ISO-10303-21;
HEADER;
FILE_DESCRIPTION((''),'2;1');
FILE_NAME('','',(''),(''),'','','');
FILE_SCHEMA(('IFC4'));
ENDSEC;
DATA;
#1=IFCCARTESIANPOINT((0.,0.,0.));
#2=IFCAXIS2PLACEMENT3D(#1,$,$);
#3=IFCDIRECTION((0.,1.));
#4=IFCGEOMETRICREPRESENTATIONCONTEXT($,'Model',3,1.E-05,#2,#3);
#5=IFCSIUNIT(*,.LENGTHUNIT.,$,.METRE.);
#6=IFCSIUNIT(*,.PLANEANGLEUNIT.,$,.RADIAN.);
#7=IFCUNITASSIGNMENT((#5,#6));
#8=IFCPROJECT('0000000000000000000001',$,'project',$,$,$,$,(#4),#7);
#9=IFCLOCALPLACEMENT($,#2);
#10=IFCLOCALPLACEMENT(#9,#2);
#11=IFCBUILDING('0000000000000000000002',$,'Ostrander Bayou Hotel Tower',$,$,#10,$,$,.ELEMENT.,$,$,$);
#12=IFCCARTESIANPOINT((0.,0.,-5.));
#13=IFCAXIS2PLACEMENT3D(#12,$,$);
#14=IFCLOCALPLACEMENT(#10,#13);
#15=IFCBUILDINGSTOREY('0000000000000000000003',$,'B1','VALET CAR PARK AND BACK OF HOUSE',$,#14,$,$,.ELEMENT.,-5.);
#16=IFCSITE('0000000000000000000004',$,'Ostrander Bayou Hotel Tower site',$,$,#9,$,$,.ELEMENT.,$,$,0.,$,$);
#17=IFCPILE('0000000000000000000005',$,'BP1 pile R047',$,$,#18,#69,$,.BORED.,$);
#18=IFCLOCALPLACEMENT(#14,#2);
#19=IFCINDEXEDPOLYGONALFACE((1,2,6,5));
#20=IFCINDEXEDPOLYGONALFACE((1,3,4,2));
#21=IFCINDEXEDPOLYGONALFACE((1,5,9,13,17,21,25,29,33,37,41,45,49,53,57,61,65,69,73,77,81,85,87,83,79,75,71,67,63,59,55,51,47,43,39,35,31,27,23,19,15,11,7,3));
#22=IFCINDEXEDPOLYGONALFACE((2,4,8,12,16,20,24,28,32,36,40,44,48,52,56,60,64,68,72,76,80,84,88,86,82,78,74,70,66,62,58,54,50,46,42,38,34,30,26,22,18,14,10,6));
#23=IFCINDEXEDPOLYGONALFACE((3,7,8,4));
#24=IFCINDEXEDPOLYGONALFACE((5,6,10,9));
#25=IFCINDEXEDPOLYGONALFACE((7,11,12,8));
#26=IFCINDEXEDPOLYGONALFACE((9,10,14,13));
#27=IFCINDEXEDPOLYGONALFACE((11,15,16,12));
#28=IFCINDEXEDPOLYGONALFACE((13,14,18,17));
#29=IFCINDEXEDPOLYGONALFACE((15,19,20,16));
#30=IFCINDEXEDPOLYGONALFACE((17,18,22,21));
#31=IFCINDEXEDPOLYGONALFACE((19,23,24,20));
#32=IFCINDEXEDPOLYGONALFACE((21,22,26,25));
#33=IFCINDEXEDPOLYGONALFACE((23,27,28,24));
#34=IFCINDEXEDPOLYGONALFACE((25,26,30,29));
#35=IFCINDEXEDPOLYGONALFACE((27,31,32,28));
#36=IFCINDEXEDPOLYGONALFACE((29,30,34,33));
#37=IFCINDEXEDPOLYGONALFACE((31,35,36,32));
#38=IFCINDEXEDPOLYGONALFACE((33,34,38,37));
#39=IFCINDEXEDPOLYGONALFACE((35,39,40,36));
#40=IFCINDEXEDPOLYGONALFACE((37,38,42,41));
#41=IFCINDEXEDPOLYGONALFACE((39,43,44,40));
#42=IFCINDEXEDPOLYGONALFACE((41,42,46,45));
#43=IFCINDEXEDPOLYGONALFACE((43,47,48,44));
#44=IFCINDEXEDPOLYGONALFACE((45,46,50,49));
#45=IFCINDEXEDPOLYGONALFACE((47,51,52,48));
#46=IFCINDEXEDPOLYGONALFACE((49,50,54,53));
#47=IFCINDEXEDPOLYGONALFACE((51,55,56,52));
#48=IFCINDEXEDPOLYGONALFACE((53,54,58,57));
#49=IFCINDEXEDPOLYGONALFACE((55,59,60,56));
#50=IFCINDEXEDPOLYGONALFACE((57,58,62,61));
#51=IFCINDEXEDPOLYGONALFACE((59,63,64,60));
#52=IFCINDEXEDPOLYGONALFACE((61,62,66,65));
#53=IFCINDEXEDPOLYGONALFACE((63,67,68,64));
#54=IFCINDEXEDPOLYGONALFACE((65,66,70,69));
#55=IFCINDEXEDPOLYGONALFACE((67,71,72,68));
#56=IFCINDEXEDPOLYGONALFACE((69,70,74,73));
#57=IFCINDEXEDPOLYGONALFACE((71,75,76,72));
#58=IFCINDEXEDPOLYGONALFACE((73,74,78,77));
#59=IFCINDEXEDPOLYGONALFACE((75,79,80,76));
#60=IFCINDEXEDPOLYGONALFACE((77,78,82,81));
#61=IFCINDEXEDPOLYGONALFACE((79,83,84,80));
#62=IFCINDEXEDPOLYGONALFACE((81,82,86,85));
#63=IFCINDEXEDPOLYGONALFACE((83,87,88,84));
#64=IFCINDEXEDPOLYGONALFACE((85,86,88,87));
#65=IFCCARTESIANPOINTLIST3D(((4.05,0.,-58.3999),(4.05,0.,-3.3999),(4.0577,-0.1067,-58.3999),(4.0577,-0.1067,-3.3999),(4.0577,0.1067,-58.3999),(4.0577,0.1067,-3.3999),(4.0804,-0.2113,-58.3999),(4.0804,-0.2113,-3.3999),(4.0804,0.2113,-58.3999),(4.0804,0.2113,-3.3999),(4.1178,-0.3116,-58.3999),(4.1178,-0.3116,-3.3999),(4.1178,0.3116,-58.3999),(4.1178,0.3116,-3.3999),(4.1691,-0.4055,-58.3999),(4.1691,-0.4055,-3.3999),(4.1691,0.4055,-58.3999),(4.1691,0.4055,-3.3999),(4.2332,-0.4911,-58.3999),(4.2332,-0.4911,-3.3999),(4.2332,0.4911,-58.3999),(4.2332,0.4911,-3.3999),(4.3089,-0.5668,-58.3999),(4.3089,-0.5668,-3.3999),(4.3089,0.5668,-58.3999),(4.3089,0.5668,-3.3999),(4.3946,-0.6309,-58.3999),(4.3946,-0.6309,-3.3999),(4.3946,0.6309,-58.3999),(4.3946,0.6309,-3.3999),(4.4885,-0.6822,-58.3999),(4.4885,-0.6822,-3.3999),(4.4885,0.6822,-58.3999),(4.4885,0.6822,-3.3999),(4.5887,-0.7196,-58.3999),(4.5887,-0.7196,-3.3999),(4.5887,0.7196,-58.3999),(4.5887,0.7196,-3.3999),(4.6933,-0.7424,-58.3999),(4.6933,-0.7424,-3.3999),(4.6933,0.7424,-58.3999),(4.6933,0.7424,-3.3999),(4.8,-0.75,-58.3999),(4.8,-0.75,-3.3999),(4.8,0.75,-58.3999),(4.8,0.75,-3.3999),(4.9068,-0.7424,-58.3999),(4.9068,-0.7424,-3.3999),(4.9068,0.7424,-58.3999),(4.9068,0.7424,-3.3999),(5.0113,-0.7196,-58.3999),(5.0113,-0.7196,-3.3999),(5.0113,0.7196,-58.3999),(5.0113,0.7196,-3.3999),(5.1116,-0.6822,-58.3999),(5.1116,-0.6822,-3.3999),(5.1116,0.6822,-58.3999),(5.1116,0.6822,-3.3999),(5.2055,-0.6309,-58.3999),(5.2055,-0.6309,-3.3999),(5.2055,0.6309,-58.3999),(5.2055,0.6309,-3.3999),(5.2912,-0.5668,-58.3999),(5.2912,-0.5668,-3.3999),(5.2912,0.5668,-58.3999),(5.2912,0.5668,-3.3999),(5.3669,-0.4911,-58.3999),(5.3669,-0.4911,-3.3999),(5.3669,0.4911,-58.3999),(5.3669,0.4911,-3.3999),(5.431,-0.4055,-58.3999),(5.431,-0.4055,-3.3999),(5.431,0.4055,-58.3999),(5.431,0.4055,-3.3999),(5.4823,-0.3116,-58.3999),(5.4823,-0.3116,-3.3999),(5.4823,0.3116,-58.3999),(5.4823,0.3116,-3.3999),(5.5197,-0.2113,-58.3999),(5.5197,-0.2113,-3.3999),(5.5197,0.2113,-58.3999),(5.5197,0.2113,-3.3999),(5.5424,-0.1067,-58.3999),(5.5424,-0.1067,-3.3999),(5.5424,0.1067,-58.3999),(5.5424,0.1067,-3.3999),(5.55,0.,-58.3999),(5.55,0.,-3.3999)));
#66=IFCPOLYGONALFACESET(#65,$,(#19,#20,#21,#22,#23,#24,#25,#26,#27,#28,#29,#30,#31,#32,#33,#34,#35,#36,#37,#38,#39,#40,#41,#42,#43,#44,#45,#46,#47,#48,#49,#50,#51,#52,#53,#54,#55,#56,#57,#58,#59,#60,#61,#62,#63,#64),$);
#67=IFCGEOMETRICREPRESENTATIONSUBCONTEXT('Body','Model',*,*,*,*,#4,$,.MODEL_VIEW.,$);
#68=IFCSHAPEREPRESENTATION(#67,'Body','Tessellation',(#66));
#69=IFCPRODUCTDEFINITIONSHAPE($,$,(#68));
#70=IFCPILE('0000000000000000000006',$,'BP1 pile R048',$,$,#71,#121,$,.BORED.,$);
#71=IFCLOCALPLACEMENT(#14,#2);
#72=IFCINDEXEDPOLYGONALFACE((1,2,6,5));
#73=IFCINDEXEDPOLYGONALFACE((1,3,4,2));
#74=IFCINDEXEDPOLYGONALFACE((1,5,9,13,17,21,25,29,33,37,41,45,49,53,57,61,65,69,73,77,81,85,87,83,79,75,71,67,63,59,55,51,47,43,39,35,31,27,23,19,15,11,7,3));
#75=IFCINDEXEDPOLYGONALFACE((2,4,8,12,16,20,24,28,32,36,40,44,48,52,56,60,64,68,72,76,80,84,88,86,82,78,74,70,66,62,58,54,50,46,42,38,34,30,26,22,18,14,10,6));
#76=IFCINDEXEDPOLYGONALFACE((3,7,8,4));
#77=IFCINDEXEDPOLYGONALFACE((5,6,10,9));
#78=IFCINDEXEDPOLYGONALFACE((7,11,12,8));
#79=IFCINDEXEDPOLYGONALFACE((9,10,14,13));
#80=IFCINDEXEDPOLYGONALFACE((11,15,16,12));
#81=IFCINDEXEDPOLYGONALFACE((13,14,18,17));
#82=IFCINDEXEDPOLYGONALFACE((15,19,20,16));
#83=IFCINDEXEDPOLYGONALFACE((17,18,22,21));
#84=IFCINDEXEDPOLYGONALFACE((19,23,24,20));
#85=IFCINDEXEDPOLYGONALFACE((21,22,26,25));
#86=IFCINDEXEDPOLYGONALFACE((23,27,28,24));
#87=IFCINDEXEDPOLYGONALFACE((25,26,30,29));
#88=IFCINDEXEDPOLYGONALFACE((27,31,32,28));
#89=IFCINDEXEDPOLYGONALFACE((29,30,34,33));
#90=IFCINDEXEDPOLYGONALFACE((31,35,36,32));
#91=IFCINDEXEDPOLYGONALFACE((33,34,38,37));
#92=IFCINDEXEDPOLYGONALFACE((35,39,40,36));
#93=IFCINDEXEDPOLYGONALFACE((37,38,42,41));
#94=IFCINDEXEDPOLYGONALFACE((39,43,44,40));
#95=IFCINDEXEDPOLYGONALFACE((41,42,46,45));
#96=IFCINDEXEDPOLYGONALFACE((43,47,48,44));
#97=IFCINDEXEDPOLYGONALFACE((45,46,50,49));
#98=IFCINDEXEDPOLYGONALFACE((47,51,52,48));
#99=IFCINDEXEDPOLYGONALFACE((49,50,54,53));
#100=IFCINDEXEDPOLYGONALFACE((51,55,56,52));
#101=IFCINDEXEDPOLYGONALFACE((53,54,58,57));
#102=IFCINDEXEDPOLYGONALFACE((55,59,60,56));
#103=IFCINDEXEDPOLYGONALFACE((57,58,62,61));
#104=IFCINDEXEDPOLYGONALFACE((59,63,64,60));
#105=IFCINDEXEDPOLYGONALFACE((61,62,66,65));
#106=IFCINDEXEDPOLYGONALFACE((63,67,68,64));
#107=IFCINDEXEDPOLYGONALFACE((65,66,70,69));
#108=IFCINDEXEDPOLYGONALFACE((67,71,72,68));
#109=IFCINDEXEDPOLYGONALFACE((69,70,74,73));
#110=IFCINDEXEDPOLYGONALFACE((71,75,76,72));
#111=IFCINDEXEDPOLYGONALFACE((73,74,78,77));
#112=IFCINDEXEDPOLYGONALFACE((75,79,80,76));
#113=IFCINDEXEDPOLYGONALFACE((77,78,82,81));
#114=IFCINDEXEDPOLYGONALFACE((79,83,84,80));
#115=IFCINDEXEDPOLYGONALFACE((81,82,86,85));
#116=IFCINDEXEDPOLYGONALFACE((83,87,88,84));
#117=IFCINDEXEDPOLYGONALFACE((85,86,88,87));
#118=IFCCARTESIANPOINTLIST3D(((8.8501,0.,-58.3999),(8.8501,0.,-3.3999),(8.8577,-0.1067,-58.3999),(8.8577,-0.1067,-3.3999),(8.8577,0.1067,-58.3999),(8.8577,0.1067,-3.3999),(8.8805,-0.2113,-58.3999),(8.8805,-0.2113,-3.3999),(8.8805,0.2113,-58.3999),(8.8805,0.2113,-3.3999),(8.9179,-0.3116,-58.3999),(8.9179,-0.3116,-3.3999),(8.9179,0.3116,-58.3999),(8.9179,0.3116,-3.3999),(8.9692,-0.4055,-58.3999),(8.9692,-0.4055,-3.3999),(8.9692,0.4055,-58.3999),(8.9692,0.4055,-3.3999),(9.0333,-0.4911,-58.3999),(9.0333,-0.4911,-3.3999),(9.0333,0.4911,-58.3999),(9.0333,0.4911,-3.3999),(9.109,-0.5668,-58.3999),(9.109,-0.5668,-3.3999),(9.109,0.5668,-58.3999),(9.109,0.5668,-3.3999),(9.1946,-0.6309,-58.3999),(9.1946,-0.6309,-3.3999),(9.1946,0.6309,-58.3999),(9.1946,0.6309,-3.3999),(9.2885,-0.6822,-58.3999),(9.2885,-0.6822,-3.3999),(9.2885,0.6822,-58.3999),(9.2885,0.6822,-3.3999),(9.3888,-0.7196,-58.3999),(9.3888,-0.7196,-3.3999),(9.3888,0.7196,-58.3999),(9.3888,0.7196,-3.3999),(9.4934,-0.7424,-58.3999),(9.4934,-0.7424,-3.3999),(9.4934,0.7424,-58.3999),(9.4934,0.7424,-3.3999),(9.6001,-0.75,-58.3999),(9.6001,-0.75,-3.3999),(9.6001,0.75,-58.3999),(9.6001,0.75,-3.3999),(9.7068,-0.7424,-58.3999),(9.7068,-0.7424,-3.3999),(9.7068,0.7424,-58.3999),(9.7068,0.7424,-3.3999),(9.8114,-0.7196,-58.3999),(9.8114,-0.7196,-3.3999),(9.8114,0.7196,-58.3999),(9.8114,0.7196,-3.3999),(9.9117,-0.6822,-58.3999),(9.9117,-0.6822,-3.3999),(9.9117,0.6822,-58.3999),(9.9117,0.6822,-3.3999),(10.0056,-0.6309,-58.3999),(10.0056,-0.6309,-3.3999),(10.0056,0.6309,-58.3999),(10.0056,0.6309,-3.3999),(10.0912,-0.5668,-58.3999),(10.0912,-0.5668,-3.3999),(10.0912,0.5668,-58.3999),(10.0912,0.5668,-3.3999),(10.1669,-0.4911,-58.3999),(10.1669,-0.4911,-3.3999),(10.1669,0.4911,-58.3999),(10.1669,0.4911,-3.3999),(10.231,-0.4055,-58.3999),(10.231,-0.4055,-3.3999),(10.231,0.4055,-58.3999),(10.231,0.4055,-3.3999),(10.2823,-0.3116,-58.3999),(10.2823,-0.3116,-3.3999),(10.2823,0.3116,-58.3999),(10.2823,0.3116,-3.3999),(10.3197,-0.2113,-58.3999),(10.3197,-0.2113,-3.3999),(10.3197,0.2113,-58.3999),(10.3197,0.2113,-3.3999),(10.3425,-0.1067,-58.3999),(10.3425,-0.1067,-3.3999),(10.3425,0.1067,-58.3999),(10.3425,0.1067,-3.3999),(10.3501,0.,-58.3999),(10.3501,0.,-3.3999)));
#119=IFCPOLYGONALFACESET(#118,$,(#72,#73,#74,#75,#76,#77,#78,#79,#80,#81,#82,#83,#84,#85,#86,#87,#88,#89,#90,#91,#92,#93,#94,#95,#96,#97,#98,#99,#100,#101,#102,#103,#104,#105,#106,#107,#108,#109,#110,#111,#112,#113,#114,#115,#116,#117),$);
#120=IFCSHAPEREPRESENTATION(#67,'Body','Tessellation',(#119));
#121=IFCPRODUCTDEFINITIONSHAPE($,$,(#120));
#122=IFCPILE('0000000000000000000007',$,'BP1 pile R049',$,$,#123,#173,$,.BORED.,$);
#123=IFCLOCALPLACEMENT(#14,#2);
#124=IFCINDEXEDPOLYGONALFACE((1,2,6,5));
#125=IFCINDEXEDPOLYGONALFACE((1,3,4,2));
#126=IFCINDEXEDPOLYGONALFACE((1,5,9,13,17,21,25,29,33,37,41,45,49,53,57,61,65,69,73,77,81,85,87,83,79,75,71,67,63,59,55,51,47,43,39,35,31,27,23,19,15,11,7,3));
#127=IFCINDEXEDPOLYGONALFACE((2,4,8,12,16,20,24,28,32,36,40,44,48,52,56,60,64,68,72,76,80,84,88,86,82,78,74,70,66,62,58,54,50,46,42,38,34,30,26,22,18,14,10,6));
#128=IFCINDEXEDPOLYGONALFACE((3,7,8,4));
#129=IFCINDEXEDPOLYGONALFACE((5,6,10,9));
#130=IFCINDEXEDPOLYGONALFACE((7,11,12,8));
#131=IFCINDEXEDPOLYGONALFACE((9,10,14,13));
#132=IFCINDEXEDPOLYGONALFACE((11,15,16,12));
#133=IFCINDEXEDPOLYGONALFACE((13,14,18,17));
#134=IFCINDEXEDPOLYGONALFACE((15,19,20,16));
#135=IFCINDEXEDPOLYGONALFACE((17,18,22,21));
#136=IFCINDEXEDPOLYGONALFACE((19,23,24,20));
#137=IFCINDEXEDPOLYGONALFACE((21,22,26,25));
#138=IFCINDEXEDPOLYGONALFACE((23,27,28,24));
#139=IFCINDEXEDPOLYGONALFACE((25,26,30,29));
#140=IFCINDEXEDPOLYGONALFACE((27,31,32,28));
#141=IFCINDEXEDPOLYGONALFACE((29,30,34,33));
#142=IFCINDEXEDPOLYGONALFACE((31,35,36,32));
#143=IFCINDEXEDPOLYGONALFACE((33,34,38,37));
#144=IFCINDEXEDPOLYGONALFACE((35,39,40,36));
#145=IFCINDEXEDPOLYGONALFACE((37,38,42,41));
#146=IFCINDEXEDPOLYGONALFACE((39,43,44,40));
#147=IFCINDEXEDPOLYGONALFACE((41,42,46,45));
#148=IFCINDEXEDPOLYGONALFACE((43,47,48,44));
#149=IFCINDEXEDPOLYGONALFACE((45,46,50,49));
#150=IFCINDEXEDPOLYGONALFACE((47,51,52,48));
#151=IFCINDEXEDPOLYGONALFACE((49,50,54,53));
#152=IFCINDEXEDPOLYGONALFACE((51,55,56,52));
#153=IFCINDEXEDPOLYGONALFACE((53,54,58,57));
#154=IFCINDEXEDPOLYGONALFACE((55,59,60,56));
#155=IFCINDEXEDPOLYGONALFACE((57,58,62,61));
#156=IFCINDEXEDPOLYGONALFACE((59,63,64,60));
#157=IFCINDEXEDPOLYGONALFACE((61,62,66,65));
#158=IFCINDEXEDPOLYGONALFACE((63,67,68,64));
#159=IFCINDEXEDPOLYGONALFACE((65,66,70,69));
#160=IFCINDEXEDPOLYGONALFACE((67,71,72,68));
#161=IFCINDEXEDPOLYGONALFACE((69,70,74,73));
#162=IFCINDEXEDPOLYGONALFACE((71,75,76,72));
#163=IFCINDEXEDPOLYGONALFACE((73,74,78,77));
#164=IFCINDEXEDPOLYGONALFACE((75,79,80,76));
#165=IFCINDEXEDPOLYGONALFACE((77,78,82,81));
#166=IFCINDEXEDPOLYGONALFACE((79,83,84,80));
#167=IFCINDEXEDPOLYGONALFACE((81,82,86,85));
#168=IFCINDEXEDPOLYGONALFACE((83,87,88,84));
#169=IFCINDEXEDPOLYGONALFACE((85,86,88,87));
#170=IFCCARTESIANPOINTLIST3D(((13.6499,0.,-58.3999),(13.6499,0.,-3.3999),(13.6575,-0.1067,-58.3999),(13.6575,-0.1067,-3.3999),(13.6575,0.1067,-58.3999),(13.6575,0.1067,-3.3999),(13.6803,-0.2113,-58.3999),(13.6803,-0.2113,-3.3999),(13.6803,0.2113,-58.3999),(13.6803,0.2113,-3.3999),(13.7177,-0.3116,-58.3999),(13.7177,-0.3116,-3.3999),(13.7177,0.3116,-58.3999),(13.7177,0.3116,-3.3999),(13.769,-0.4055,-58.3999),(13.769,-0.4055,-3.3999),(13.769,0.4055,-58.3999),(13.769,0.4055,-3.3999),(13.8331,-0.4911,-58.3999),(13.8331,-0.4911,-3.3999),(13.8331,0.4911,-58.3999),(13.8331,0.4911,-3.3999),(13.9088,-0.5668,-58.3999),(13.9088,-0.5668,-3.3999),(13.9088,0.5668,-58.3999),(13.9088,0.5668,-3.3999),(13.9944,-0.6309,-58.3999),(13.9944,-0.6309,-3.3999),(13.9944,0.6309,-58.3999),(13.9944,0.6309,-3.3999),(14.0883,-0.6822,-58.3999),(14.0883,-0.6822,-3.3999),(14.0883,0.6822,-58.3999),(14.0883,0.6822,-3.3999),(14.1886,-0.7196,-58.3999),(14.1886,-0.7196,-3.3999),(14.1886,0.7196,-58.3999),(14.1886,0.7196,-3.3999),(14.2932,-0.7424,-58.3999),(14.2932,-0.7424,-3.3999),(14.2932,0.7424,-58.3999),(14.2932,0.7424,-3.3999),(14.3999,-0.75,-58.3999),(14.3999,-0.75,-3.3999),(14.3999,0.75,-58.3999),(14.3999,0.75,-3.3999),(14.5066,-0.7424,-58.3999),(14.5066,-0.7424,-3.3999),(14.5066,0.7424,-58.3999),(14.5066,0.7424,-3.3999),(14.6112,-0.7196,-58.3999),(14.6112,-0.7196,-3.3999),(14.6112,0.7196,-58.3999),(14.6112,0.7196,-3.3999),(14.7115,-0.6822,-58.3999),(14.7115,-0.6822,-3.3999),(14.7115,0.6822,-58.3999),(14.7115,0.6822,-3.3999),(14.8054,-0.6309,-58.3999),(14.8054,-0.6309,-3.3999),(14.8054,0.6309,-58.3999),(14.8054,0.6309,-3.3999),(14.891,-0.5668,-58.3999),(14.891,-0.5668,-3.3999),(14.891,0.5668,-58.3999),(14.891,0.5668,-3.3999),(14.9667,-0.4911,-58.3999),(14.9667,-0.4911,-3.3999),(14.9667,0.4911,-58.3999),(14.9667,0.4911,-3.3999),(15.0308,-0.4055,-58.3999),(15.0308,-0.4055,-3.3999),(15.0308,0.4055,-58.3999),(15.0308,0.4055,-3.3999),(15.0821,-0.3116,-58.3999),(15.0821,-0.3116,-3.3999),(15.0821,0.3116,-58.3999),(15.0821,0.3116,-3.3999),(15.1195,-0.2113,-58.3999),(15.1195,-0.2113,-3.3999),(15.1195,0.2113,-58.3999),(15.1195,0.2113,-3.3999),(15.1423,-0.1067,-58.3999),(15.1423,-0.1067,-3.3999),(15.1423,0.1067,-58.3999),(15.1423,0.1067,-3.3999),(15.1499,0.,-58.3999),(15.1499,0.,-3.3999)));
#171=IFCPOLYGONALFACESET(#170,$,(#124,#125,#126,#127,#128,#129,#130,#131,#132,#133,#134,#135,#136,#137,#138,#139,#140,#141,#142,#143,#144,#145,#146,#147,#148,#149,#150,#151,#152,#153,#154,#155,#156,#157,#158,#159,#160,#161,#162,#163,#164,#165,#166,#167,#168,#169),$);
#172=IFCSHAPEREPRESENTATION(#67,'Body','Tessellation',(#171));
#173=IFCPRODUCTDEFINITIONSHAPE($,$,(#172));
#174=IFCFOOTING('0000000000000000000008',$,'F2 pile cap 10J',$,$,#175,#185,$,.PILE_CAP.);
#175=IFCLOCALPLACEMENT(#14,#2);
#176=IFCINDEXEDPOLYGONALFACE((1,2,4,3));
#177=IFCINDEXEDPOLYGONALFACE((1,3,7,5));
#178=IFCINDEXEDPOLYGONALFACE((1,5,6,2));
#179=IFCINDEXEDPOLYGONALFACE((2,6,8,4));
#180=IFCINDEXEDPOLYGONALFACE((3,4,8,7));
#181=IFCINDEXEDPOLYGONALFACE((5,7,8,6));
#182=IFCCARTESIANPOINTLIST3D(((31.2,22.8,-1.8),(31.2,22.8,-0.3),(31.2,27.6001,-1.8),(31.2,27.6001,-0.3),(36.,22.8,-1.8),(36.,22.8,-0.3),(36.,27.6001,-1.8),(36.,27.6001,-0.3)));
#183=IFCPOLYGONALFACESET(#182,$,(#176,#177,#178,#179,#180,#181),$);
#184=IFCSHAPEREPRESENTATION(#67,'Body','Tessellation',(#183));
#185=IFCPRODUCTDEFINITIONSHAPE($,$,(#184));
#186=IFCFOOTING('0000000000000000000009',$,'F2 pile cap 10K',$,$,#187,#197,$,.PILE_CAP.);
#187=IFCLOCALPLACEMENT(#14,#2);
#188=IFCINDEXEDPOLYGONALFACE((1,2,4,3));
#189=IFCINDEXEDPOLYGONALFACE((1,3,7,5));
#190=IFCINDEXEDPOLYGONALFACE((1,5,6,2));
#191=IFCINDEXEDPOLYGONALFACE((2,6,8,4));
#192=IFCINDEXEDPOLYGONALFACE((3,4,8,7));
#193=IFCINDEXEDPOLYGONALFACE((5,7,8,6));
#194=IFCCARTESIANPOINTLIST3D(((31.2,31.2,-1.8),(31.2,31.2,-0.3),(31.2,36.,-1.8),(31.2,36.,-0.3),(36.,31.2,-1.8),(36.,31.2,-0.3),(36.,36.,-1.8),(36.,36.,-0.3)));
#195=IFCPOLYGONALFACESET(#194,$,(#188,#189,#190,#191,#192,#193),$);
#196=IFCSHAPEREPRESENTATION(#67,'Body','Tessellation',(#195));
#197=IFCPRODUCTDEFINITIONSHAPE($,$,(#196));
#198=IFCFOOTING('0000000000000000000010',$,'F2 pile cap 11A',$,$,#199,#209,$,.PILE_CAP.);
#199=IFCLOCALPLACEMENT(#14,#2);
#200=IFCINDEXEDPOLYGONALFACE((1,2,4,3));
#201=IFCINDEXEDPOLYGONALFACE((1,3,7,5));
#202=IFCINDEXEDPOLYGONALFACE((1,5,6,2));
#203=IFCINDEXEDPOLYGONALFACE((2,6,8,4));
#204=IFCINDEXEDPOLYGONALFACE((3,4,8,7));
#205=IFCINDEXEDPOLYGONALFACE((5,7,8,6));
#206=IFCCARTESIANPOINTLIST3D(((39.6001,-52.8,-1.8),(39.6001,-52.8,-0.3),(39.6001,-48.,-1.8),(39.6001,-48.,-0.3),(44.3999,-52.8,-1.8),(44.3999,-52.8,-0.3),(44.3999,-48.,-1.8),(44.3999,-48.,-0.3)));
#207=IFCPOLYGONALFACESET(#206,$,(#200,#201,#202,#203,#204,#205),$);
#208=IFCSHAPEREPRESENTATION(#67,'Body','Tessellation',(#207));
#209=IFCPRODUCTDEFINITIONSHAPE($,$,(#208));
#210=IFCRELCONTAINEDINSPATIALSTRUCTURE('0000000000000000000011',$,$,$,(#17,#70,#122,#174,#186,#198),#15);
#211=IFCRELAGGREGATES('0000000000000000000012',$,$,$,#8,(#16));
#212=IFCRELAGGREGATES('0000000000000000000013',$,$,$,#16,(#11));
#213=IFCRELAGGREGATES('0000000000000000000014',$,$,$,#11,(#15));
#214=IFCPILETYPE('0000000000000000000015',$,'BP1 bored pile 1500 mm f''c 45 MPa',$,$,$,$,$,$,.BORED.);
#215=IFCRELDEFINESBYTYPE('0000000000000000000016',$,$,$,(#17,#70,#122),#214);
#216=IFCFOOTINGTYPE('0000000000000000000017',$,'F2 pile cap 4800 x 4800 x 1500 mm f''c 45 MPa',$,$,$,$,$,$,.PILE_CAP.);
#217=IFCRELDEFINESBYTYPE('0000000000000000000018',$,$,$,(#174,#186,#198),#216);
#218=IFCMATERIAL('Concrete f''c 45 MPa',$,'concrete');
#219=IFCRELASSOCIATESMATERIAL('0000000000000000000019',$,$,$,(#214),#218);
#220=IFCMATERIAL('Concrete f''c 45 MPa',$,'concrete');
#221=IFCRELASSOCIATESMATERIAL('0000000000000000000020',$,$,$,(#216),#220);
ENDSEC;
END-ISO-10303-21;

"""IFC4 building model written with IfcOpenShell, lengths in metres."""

from ifc_helpers import new_model, si_unit, direction, frame, origin, origin_2d, place, context, subcontext, project, spatial, polyline, circle, outline, extrude, material, material_profile, profile_set, type_object, element, save


model = new_model("IFC4")

# Units and contexts
model_context = context("Model", 3, precision=1e-05, world=origin(), true_north=direction((0.0, 1.0)))
body_context = subcontext(model_context, "Body", "Model", "MODEL_VIEW")
ifc_project = project(units=[si_unit("LENGTHUNIT", "METRE"), si_unit("PLANEANGLEUNIT", "RADIAN")], contexts=[model_context])

# Site, building, storey
site_placement = place(None, origin())
site = spatial("IfcSite", under=ifc_project, at=site_placement, Name="Ostrander Bayou Hotel Tower site", CompositionType="ELEMENT", RefElevation=0.0)
building_placement = place(site_placement, origin())
building = spatial("IfcBuilding", under=site, at=building_placement, Name="Ostrander Bayou Hotel Tower", CompositionType="ELEMENT")
storey_placement = place(building_placement, frame((0.0, 0.0, -5.0)))
storey = spatial("IfcBuildingStorey", under=building, at=storey_placement, Name="B1", Description="VALET CAR PARK AND BACK OF HOUSE", CompositionType="ELEMENT", Elevation=-5.0)

# Piles
ifc_material_1 = material(Name="Concrete f'c 45 MPa", Category="concrete")
ifc_material_profile = material_profile(ifc_material_1, circle(Radius=0.75, at=origin_2d()))
ifc_profile_set = profile_set([ifc_material_profile], Name="Concrete f'c 45 MPa")
pile_type = type_object("IfcPileType", Name="BP1 bored pile 1500 mm f'c 45 MPa", PredefinedType="BORED", material=ifc_profile_set)
for number, where, z_axis, x_axis, name in (
    (1, (4.8, 0.0, -3.3999), (0.0, 0.0, -1.0), (1.0, 0.0, 0.0), "BP1 pile R047"),
    (2, (9.6001, 0.0, -3.3999), (0.0, 0.0, -1.0), (1.0, 0.0, 0.0), "BP1 pile R048"),
    (3, (14.3999, 0.0, -3.3999), (0.0, 0.0, -1.0), (1.0, 0.0, 0.0), "BP1 pile R049"),
):
    element("IfcPile", number, at=place(storey_placement, frame(where, z_axis=z_axis, x_axis=x_axis)), inside=storey, type_object=pile_type, Name=name, PredefinedType="BORED", context=body_context, shape_type="SweptSolid", body=[
        extrude(circle(Radius=0.75, at=origin_2d()), origin(), (0.0, 0.0, 1.0), 55.0),
    ])

# Footings
ifc_material_2 = material(Name="Concrete f'c 45 MPa", Category="concrete")
footing_type_1 = type_object("IfcFootingType", Name="F2 pile cap 4800 x 4800 x 1500 mm f'c 45 MPa", PredefinedType="PILE_CAP", material=ifc_material_2)
footing_1_placement = place(storey_placement, frame((0.0, 0.0, -1.8)))
element("IfcFooting", 4, at=footing_1_placement, inside=storey, type_object=footing_type_1, Name="F2 pile cap 10J", PredefinedType="PILE_CAP", context=body_context, shape_type="SweptSolid", body=[
    extrude(outline(polyline([(36.0, 22.8), (36.0, 27.6001), (31.2, 27.6001), (31.2, 22.8), (36.0, 22.8)])), origin(), (0.0, 0.0, 1.0), 1.5),
])
footing_2_placement = place(storey_placement, frame((0.0, 0.0, -1.8)))
element("IfcFooting", 5, at=footing_2_placement, inside=storey, type_object=footing_type_1, Name="F2 pile cap 10K", PredefinedType="PILE_CAP", context=body_context, shape_type="SweptSolid", body=[
    extrude(outline(polyline([(36.0, 31.2), (36.0, 36.0), (31.2, 36.0), (31.2, 31.2), (36.0, 31.2)])), origin(), (0.0, 0.0, 1.0), 1.5),
])
footing_3_placement = place(storey_placement, frame((0.0, 0.0, -1.8)))
element("IfcFooting", 6, at=footing_3_placement, inside=storey, type_object=footing_type_1, Name="F2 pile cap 11A", PredefinedType="PILE_CAP", context=body_context, shape_type="SweptSolid", body=[
    extrude(outline(polyline([(44.3999, -52.8), (44.3999, -48.0), (39.6001, -48.0), (39.6001, -52.8), (44.3999, -52.8)])), origin(), (0.0, 0.0, 1.0), 1.5),
])

save(model, "model.ifc")
